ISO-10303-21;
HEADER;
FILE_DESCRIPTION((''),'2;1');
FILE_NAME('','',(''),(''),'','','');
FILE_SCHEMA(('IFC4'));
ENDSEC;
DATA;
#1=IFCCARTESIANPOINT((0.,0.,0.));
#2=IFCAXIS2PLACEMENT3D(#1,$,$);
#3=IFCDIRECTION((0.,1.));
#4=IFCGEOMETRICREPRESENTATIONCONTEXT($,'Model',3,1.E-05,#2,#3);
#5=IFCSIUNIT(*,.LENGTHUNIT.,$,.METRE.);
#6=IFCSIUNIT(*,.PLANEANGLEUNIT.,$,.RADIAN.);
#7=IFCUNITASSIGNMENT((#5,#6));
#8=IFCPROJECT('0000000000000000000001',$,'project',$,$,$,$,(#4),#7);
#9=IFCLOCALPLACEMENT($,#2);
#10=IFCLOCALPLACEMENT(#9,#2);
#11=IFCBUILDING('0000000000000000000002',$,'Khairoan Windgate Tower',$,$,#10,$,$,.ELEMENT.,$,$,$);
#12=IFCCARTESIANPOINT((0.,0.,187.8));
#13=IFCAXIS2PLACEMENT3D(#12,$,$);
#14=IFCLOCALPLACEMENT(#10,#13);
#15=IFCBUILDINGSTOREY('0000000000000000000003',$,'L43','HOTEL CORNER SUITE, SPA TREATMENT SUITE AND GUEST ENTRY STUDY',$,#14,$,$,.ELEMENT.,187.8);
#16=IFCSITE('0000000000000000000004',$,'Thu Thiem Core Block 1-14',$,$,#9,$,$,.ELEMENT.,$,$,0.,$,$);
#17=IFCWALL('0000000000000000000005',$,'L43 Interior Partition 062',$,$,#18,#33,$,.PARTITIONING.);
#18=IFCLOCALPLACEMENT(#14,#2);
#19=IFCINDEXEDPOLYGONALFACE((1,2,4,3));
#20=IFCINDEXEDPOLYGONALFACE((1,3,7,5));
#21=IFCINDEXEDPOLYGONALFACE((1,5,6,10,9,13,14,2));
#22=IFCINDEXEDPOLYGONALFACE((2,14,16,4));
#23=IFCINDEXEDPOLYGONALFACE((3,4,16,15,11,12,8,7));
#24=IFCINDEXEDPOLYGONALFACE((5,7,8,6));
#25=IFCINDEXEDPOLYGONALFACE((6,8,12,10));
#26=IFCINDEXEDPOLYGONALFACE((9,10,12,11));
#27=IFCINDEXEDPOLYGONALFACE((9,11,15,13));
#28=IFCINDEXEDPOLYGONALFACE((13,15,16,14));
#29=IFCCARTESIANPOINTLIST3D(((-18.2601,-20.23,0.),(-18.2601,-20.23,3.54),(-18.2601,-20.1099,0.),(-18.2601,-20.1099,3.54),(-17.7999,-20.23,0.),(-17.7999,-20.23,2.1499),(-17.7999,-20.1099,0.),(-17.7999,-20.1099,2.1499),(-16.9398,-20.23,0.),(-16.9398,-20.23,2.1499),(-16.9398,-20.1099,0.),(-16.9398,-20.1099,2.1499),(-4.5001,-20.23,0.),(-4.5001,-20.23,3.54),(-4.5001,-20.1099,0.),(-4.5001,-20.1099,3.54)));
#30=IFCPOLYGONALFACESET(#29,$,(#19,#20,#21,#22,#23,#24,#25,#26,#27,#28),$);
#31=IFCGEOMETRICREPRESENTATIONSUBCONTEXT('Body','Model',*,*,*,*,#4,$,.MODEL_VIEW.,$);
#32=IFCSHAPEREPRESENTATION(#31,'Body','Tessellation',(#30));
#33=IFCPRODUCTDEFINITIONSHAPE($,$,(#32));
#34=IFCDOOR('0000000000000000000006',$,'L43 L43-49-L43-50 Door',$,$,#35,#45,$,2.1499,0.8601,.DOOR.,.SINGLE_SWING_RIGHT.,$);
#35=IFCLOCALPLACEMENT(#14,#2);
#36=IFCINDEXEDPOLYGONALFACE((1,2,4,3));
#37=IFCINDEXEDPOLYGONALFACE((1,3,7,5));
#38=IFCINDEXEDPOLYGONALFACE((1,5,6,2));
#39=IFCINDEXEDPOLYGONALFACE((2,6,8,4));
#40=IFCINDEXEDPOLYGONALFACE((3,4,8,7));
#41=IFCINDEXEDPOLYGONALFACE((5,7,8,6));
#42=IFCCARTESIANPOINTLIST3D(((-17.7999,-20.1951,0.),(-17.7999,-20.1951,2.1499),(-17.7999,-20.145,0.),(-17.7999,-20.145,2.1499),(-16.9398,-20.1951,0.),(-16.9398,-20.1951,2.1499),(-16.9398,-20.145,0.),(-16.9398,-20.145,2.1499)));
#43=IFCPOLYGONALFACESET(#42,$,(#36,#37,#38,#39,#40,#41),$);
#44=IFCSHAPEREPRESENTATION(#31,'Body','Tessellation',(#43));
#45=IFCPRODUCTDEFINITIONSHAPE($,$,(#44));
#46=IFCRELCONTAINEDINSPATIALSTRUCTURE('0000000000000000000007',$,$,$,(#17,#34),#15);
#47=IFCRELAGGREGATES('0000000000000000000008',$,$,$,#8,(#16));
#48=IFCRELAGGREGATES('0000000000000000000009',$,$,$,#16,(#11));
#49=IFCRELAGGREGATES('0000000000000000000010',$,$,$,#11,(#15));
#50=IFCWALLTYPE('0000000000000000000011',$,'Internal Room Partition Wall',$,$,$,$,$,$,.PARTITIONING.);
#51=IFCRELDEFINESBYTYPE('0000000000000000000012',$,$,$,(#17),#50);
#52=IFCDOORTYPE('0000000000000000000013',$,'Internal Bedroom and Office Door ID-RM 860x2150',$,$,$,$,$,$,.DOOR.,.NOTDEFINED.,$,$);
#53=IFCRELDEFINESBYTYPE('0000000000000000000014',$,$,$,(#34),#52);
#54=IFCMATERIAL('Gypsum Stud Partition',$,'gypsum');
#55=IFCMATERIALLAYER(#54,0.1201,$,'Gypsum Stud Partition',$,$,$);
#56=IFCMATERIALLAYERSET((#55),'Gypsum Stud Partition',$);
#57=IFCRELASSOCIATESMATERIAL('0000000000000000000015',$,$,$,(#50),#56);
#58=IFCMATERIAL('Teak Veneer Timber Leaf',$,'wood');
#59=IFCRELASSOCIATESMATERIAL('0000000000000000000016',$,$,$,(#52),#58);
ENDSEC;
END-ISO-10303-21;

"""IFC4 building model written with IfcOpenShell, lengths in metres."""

from ifc_helpers import new_model, si_unit, direction, frame, frame_2d, origin, place, context, subcontext, project, spatial, rectangle, extrude, material, layer, layer_set, type_object, element, fill, save


model = new_model("IFC4")

# Units and contexts
model_context = context("Model", 3, precision=1e-05, world=origin(), true_north=direction((0.0, 1.0)))
body_context = subcontext(model_context, "Body", "Model", "MODEL_VIEW")
ifc_project = project(units=[si_unit("LENGTHUNIT", "METRE"), si_unit("PLANEANGLEUNIT", "RADIAN")], contexts=[model_context])

# Site, building, storey
site_placement = place(None, origin())
site = spatial("IfcSite", under=ifc_project, at=site_placement, Name="Thu Thiem Core Block 1-14", CompositionType="ELEMENT", RefElevation=0.0)
building_placement = place(site_placement, origin())
building = spatial("IfcBuilding", under=site, at=building_placement, Name="Khairoan Windgate Tower", CompositionType="ELEMENT")
storey_placement = place(building_placement, frame((0.0, 0.0, 187.8)))
storey = spatial("IfcBuildingStorey", under=building, at=storey_placement, Name="L43", Description="HOTEL CORNER SUITE, SPA TREATMENT SUITE AND GUEST ENTRY STUDY", CompositionType="ELEMENT", Elevation=187.8)

# Wall, opening, door
ifc_material_1 = material(Name="Gypsum Stud Partition", Category="gypsum")
ifc_layer_1 = layer(ifc_material_1, 0.1201, Name="Gypsum Stud Partition")
ifc_layer_set_1 = layer_set([ifc_layer_1], Name="Gypsum Stud Partition")
wall_type_1 = type_object("IfcWallType", Name="Internal Room Partition Wall", PredefinedType="PARTITIONING", material=ifc_layer_set_1)
wall_1_placement = place(storey_placement, frame((-18.26, -20.1699, 0.0), z_axis=(0.0, 0.0, 1.0), x_axis=(1.0, 0.0, 0.0)))
wall_1 = element("IfcWall", 1, at=wall_1_placement, inside=storey, type_object=wall_type_1, Name="L43 Interior Partition 062", PredefinedType="PARTITIONING", context=body_context, shape_type="SweptSolid", body=[
    extrude(rectangle(XDim=13.76, YDim=0.1201, at=frame_2d((6.8799, 0.0))), origin(), (0.0, 0.0, 1.0), 3.54),
])
opening_1_placement = place(wall_1_placement, frame((0.46, 0.0, 0.0)))
opening_1 = element("IfcOpeningElement", 2, at=opening_1_placement, cuts=wall_1, PredefinedType="OPENING", context=body_context, shape_type="SweptSolid", body=[
    extrude(rectangle(XDim=0.8601, YDim=2.1499, at=frame_2d((0.4302, 1.075))), frame((0.0, 0.0701, 0.0), z_axis=(0.0, -1.0, 0.0), x_axis=(1.0, 0.0, 0.0)), (0.0, 0.0, 1.0), 0.1401),
])
ifc_material_2 = material(Name="Teak Veneer Timber Leaf", Category="wood")
door_type_1 = type_object("IfcDoorType", Name="Internal Bedroom and Office Door ID-RM 860x2150", OperationType="NOTDEFINED", PredefinedType="DOOR", material=ifc_material_2)
door_1_placement = place(opening_1_placement, origin())
door_1 = element("IfcDoor", 3, at=door_1_placement, inside=storey, type_object=door_type_1, Name="L43 L43-49-L43-50 Door", OperationType="SINGLE_SWING_RIGHT", OverallHeight=2.1499, OverallWidth=0.8601, PredefinedType="DOOR", context=body_context, shape_type="SweptSolid", body=[
    extrude(rectangle(XDim=0.8601, YDim=2.1499, at=frame_2d((0.4302, 1.075))), frame((0.0, 0.0249, 0.0), z_axis=(0.0, -1.0, 0.0), x_axis=(1.0, 0.0, 0.0)), (0.0, 0.0, 1.0), 0.05),
])
fill(opening_1, door_1)

save(model, "model.ifc")
